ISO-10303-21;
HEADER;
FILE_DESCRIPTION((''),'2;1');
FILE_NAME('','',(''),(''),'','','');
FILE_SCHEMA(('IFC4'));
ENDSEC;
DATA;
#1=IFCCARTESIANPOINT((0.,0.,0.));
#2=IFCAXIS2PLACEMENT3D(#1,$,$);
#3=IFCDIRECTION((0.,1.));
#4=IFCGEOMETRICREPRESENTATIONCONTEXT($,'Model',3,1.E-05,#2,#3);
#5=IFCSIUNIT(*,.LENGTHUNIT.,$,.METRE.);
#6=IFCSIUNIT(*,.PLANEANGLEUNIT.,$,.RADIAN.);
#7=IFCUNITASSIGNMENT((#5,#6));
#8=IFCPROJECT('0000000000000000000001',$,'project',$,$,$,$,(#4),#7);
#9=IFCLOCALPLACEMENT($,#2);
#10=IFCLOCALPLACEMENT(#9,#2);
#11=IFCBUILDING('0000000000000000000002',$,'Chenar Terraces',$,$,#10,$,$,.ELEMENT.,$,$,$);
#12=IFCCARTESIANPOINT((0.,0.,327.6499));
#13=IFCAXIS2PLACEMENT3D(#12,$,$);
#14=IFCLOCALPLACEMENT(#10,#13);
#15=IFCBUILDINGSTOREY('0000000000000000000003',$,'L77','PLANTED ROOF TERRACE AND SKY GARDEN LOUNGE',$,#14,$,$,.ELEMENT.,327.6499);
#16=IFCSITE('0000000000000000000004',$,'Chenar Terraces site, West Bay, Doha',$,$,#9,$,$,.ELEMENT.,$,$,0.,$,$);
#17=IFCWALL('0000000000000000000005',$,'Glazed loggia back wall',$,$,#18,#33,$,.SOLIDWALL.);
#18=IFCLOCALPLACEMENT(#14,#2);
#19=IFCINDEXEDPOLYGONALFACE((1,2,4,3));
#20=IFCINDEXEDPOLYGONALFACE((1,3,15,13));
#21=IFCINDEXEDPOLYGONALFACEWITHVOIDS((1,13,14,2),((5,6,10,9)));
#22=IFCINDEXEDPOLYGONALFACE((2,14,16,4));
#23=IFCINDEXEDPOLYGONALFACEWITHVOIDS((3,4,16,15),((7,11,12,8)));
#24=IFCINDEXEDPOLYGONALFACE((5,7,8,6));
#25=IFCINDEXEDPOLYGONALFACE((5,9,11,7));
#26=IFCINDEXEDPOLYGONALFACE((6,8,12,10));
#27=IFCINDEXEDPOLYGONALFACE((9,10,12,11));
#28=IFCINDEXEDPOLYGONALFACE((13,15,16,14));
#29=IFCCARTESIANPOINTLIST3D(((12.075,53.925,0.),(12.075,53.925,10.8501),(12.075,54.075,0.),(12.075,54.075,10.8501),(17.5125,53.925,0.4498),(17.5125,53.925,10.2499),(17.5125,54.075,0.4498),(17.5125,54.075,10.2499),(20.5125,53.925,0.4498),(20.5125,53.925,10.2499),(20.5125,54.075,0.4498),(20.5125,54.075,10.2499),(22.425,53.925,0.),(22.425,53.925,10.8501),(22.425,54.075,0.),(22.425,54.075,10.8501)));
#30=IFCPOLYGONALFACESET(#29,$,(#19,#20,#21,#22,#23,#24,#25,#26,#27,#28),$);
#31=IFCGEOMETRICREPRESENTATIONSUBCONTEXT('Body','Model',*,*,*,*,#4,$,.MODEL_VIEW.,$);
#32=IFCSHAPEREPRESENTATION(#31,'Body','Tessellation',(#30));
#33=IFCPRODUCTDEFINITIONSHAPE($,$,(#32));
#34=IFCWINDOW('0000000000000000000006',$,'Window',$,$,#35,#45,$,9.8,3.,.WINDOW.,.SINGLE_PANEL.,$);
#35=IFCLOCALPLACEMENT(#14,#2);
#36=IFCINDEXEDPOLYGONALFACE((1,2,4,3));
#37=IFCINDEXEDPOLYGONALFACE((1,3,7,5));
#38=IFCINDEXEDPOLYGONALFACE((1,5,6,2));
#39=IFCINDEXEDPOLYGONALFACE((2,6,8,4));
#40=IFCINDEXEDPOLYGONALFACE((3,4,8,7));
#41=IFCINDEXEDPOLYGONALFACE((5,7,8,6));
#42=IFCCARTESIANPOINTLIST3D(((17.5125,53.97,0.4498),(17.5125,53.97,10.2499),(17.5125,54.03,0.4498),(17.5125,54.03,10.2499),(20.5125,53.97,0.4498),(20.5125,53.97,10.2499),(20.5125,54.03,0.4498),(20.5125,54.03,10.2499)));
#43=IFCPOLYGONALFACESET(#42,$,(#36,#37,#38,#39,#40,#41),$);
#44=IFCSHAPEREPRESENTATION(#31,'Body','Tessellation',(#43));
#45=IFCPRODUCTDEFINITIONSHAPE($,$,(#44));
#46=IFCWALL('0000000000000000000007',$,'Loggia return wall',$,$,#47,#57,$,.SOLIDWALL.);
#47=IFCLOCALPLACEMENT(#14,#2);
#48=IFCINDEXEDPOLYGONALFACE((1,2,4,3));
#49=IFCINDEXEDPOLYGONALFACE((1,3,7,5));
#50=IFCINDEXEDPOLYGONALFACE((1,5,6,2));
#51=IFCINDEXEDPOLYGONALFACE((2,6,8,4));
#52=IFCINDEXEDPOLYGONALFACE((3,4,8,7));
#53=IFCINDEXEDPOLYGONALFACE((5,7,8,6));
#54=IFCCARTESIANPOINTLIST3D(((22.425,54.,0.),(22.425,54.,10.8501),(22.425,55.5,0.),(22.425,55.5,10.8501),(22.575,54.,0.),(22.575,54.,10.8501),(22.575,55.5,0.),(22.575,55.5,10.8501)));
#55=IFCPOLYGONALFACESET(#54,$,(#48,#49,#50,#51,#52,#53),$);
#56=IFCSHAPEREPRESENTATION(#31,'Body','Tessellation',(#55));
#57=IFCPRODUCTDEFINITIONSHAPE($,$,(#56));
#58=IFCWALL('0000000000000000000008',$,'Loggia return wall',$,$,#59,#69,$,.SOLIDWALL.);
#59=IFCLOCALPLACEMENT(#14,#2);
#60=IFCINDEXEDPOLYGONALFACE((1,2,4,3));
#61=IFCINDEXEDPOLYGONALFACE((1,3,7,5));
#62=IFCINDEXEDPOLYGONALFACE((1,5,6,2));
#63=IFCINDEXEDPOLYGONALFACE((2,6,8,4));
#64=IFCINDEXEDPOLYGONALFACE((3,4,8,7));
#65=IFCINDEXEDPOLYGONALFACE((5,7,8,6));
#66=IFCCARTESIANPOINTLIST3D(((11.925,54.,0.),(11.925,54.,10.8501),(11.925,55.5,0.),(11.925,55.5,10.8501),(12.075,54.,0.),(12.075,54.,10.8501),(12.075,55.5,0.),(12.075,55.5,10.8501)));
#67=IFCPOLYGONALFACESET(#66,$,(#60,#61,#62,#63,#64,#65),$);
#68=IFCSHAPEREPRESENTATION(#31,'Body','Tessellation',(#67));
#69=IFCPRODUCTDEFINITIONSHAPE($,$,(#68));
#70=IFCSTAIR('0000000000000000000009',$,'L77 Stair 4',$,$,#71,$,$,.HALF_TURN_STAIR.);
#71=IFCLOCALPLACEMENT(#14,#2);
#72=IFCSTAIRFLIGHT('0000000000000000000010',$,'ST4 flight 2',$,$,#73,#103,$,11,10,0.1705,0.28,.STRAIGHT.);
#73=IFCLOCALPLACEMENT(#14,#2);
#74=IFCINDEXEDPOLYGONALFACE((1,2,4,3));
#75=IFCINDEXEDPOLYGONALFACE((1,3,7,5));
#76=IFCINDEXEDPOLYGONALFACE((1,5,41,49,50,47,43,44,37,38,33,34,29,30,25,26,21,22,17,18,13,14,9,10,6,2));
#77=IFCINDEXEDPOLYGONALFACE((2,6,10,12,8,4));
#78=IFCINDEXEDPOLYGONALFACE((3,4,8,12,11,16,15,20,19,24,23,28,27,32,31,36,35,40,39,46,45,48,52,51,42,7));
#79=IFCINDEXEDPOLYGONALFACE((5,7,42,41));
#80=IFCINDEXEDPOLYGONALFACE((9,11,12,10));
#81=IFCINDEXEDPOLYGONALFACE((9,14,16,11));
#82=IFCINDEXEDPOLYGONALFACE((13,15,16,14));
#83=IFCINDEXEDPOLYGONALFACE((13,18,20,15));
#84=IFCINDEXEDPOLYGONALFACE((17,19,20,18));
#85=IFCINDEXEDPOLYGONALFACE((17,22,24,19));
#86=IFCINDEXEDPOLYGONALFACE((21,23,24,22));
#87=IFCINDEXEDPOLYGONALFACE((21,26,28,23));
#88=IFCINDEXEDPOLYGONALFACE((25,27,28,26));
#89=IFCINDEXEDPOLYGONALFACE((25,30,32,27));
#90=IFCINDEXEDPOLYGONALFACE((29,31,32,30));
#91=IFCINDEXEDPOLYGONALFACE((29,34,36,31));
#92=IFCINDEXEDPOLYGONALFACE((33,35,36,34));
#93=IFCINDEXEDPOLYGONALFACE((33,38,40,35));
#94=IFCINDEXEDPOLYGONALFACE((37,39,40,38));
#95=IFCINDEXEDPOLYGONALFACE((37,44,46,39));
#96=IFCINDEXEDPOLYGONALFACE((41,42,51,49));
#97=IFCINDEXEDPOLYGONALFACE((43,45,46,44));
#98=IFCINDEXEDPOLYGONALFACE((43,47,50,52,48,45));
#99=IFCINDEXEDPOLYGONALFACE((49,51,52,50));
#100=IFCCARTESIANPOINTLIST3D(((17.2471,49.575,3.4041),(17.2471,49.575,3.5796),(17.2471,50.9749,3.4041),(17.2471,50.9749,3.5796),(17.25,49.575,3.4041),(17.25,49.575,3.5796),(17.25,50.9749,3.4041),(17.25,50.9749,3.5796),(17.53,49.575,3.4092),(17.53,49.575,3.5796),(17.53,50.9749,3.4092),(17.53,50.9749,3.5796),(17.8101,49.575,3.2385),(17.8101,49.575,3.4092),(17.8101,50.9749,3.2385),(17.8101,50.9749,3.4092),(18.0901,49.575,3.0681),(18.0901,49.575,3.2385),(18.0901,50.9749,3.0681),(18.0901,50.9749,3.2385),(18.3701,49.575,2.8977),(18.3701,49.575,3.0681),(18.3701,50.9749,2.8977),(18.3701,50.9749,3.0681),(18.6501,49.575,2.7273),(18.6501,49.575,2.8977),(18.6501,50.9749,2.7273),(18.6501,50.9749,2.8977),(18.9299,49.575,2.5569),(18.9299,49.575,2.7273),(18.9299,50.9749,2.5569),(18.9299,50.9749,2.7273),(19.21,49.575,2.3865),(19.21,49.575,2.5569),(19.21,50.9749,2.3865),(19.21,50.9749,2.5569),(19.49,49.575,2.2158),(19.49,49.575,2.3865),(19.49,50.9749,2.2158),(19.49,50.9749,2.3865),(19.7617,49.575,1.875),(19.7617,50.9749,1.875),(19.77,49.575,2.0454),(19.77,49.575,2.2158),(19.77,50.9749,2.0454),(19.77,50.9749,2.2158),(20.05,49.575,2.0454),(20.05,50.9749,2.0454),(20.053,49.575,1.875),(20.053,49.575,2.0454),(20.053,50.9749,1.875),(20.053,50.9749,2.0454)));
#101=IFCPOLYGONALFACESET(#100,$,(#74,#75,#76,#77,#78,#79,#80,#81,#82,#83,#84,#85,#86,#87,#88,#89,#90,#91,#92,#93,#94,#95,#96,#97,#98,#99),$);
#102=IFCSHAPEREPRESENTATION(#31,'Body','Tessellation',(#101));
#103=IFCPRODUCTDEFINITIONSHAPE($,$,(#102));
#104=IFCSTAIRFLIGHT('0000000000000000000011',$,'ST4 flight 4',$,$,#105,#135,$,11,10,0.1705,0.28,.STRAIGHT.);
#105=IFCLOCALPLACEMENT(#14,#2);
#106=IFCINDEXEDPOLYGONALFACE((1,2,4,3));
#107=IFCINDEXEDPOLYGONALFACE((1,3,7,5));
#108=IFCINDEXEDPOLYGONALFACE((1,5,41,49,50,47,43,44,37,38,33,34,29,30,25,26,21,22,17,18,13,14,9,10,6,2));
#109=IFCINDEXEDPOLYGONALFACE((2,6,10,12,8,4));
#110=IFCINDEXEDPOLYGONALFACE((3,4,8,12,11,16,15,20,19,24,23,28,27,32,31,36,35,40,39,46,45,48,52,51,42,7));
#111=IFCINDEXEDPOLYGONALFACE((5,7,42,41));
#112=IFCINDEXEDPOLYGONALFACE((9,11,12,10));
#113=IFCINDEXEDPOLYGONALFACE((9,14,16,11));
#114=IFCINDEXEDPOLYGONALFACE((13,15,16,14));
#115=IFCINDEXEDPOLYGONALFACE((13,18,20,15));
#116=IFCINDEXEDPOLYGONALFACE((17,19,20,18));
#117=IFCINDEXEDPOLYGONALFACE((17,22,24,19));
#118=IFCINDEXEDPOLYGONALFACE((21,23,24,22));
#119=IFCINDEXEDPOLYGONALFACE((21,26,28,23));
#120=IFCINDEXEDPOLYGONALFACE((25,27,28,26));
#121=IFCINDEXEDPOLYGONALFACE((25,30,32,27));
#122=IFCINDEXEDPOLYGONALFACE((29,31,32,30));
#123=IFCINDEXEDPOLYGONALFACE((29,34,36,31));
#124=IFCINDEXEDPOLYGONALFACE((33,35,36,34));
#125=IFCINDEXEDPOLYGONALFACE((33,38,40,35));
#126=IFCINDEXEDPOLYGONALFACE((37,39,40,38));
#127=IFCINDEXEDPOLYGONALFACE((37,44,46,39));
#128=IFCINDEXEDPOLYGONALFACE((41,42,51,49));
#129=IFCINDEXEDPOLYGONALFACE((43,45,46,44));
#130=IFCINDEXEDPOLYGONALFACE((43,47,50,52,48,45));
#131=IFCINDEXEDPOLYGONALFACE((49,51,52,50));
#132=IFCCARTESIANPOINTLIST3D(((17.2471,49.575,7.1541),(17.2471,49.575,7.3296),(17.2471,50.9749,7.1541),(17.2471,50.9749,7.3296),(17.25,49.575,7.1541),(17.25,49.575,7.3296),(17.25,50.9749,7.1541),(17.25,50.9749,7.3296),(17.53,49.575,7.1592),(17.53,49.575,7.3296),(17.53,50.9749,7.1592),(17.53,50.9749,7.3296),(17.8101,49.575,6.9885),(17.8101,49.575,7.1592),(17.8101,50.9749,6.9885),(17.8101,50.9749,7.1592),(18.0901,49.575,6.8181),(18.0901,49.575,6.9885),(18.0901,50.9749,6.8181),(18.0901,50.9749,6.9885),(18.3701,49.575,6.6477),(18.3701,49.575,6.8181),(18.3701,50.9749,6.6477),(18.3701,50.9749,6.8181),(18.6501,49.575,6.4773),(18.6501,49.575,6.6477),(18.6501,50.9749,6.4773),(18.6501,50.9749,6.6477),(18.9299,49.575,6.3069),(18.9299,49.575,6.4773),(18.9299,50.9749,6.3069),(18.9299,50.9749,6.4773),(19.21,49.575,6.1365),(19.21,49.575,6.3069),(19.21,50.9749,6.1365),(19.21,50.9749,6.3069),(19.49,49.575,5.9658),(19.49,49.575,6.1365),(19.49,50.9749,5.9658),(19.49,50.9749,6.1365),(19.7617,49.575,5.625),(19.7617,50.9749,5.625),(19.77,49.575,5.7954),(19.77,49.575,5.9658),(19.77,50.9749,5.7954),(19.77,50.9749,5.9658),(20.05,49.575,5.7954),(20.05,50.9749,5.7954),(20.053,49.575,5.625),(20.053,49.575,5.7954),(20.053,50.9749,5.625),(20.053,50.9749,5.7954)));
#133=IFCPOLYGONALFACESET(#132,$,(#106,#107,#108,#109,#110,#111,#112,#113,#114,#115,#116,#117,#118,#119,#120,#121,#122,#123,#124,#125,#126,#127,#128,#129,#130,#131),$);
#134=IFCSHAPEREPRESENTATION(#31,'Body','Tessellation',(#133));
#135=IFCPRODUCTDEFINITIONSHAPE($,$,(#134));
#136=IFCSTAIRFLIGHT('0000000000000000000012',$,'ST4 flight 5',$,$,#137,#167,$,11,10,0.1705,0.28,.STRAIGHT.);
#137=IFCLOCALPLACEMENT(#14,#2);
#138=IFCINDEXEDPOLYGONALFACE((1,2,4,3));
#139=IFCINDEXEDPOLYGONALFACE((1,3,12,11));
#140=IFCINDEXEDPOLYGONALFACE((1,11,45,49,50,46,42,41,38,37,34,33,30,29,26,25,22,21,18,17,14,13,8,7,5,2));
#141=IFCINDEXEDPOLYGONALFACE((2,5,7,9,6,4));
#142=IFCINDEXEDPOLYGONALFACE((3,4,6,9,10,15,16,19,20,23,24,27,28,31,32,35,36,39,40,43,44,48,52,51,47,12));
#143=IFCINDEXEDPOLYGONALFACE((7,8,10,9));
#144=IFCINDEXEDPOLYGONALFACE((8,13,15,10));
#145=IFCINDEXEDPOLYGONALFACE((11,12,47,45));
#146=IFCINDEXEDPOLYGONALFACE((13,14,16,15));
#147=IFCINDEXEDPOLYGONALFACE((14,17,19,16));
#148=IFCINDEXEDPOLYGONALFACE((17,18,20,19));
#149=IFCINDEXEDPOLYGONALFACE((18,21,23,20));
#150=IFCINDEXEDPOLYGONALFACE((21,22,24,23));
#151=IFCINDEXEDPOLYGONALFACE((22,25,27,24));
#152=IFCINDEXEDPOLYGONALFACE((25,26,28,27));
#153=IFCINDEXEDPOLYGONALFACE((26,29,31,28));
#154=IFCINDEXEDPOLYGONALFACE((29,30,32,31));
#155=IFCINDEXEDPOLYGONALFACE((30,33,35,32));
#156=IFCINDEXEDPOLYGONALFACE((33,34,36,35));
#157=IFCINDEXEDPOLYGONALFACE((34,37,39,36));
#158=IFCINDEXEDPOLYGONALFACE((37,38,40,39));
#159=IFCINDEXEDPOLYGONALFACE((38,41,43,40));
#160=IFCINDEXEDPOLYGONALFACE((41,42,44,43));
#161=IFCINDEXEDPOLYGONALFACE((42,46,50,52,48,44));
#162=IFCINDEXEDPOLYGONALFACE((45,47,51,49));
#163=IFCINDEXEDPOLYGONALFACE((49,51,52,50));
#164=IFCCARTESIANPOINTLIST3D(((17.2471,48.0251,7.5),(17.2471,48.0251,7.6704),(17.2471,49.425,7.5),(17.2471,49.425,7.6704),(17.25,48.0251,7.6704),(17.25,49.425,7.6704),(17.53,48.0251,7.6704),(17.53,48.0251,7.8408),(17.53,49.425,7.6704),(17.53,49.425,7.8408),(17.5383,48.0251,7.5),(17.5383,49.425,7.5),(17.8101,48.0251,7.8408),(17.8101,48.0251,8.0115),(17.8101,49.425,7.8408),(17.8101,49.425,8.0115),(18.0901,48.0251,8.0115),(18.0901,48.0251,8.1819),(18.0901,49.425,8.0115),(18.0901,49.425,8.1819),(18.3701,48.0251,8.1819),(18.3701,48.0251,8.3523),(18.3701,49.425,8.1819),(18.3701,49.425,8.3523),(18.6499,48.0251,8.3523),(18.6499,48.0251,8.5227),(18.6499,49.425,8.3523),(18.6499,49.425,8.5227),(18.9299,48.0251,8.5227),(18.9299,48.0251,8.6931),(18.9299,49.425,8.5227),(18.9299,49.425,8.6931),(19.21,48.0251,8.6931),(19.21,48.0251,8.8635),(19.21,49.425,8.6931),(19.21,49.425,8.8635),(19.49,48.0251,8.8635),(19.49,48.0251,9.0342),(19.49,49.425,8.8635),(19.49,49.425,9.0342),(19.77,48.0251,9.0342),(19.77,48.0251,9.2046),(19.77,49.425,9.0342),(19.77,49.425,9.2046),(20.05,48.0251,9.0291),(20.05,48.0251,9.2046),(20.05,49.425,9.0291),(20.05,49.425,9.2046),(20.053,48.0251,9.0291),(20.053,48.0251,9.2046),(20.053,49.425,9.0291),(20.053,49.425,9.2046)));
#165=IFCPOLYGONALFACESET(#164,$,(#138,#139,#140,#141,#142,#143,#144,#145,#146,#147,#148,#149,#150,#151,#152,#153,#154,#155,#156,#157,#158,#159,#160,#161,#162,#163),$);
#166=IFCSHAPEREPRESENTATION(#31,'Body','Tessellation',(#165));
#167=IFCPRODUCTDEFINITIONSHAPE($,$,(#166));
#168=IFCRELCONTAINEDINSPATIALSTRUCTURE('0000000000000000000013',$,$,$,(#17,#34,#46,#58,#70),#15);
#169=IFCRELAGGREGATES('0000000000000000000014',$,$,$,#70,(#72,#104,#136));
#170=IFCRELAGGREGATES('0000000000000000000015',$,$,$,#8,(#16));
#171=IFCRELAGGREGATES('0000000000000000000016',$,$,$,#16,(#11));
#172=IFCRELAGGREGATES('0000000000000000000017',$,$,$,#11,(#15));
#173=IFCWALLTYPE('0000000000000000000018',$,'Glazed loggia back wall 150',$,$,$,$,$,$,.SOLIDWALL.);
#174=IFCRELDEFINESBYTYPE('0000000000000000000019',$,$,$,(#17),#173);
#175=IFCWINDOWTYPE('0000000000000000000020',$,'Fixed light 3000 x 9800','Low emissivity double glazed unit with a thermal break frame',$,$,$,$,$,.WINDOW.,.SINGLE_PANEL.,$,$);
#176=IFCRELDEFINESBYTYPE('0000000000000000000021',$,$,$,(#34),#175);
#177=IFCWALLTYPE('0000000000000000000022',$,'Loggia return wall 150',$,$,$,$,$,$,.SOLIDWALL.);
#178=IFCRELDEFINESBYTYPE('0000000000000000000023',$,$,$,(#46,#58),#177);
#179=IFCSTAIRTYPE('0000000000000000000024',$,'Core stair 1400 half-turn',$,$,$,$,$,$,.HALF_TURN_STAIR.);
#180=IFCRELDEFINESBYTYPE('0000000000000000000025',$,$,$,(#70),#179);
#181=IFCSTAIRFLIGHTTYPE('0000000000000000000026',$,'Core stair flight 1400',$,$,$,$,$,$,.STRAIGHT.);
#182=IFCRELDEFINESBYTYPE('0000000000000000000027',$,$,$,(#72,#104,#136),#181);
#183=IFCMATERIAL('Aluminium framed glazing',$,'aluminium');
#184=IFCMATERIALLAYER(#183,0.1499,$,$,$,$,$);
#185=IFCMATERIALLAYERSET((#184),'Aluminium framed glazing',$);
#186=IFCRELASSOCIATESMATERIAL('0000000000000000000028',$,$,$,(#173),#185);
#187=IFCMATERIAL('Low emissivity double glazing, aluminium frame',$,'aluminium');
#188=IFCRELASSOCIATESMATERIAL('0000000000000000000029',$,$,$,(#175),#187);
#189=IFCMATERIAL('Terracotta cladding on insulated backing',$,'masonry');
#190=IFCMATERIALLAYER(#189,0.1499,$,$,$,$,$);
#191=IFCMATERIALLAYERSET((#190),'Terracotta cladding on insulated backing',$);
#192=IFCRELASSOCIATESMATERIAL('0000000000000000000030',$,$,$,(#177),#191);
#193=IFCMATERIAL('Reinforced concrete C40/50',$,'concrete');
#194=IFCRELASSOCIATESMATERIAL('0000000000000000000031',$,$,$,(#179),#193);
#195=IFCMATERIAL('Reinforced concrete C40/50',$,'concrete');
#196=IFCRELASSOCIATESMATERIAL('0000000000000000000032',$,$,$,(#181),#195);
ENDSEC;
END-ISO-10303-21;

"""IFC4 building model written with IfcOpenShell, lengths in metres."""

from ifc_helpers import new_model, si_unit, direction, frame, frame_2d, origin, place, context, subcontext, project, spatial, polyline, rectangle, outline, extrude, material, layer, layer_set, type_object, element, fill, aggregate, save


model = new_model("IFC4")

# Units and contexts
model_context = context("Model", 3, precision=1e-05, world=origin(), true_north=direction((0.0, 1.0)))
body_context = subcontext(model_context, "Body", "Model", "MODEL_VIEW")
ifc_project = project(units=[si_unit("LENGTHUNIT", "METRE"), si_unit("PLANEANGLEUNIT", "RADIAN")], contexts=[model_context])

# Site, building, storey
site_placement = place(None, origin())
site = spatial("IfcSite", under=ifc_project, at=site_placement, Name="Chenar Terraces site, West Bay, Doha", CompositionType="ELEMENT", RefElevation=0.0)
building_placement = place(site_placement, origin())
building = spatial("IfcBuilding", under=site, at=building_placement, Name="Chenar Terraces", CompositionType="ELEMENT")
storey_placement = place(building_placement, frame((0.0, 0.0, 327.6499)))
storey = spatial("IfcBuildingStorey", under=building, at=storey_placement, Name="L77", Description="PLANTED ROOF TERRACE AND SKY GARDEN LOUNGE", CompositionType="ELEMENT", Elevation=327.6499)

# Shared definitions
placement = place(storey_placement, origin())

# Wall, opening, window
ifc_material_1 = material(Name="Aluminium framed glazing", Category="aluminium")
ifc_layer_1 = layer(ifc_material_1, 0.1499)
ifc_layer_set_1 = layer_set([ifc_layer_1], Name="Aluminium framed glazing")
wall_type_1 = type_object("IfcWallType", Name="Glazed loggia back wall 150", PredefinedType="SOLIDWALL", material=ifc_layer_set_1)
wall_1_placement = place(storey_placement, frame((22.425, 54.0, 0.0), z_axis=(0.0, 0.0, 1.0), x_axis=(-1.0, 0.0, 0.0)))
wall_1 = element("IfcWall", 1, at=wall_1_placement, inside=storey, type_object=wall_type_1, Name="Glazed loggia back wall", PredefinedType="SOLIDWALL", context=body_context, shape_type="SweptSolid", body=[
    extrude(rectangle(XDim=10.3501, YDim=0.1499, at=frame_2d((5.175, 0.0))), origin(), (0.0, 0.0, 1.0), 10.8501),
])
opening_placement = place(wall_1_placement, frame((1.9126, 0.0, 0.45)))
opening = element("IfcOpeningElement", 2, at=opening_placement, cuts=wall_1, PredefinedType="OPENING", context=body_context, shape_type="SweptSolid", body=[
    extrude(rectangle(XDim=3.0, YDim=9.8, at=frame_2d((1.5, 4.8999))), frame((0.0, 0.085, 0.0), z_axis=(0.0, -1.0, 0.0), x_axis=(1.0, 0.0, 0.0)), (0.0, 0.0, 1.0), 0.1699),
])
ifc_material_2 = material(Name="Low emissivity double glazing, aluminium frame", Category="aluminium")
window_type = type_object("IfcWindowType", Name="Fixed light 3000 x 9800", Description="Low emissivity double glazed unit with a thermal break frame", PartitioningType="SINGLE_PANEL", PredefinedType="WINDOW", material=ifc_material_2)
window_placement = place(opening_placement, origin())
window = element("IfcWindow", 3, at=window_placement, inside=storey, type_object=window_type, Name="Window", OverallHeight=9.8, OverallWidth=3.0, PartitioningType="SINGLE_PANEL", PredefinedType="WINDOW", context=body_context, shape_type="SweptSolid", body=[
    extrude(rectangle(XDim=3.0, YDim=9.8, at=frame_2d((1.5, 4.8999))), frame((0.0, 0.03, 0.0), z_axis=(0.0, -1.0, 0.0), x_axis=(1.0, 0.0, 0.0)), (0.0, 0.0, 1.0), 0.0601),
])
fill(opening, window)

# Walls
ifc_material_3 = material(Name="Terracotta cladding on insulated backing", Category="masonry")
ifc_layer_2 = layer(ifc_material_3, 0.1499)
ifc_layer_set_2 = layer_set([ifc_layer_2], Name="Terracotta cladding on insulated backing")
wall_type_2 = type_object("IfcWallType", Name="Loggia return wall 150", PredefinedType="SOLIDWALL", material=ifc_layer_set_2)
for number, where, z_axis, x_axis, name in (
    (4, (22.5, 55.5, 0.0), (0.0, 0.0, 1.0), (0.0, -1.0, 0.0), "Loggia return wall"),
    (5, (12.0, 55.5, 0.0), (0.0, 0.0, 1.0), (0.0, -1.0, 0.0), "Loggia return wall"),
):
    element("IfcWall", number, at=place(storey_placement, frame(where, z_axis=z_axis, x_axis=x_axis)), inside=storey, type_object=wall_type_2, Name=name, PredefinedType="SOLIDWALL", context=body_context, shape_type="SweptSolid", body=[
        extrude(rectangle(XDim=1.5, YDim=0.1499, at=frame_2d((0.75, 0.0))), origin(), (0.0, 0.0, 1.0), 10.8501),
    ])

# Stair, stair flights
ifc_material_4 = material(Name="Reinforced concrete C40/50", Category="concrete")
stair_type = type_object("IfcStairType", Name="Core stair 1400 half-turn", PredefinedType="HALF_TURN_STAIR", material=ifc_material_4)
stair = element("IfcStair", 6, at=placement, inside=storey, type_object=stair_type, Name="L77 Stair 4", PredefinedType="HALF_TURN_STAIR")
ifc_material_5 = material(Name="Reinforced concrete C40/50", Category="concrete")
stair_flight_type = type_object("IfcStairFlightType", Name="Core stair flight 1400", PredefinedType="STRAIGHT", material=ifc_material_5)
stair_flight_1_placement = place(storey_placement, frame((20.05, 50.2749, 1.875), z_axis=(0.0, 0.0, 1.0), x_axis=(-1.0, 0.0, 0.0)))
stair_flight_1 = element("IfcStairFlight", 7, at=stair_flight_1_placement, type_object=stair_flight_type, Name="ST4 flight 2", NumberOfRisers=11, NumberOfTreads=10, PredefinedType="STRAIGHT", RiserHeight=0.1705, TreadLength=0.28, context=body_context, shape_type="SweptSolid", body=[
    extrude(outline(polyline([(-0.0029, 0.0), (-0.0029, 0.1704), (0.0, 0.1704), (0.28, 0.1704), (0.28, 0.3408), (0.5601, 0.3408), (0.5601, 0.5115), (0.8401, 0.5115), (0.8401, 0.6819), (1.1201, 0.6819), (1.1201, 0.8523), (1.3999, 0.8523), (1.3999, 1.0227), (1.6799, 1.0227), (1.6799, 1.1931), (1.96, 1.1931), (1.96, 1.3635), (2.24, 1.3635), (2.24, 1.5342), (2.52, 1.5342), (2.52, 1.7046), (2.8, 1.7046), (2.803, 1.7046), (2.803, 1.5291), (2.8, 1.5291), (0.2883, 0.0), (-0.0029, 0.0)])), frame((0.0, 0.7, 0.0), z_axis=(0.0, -1.0, 0.0), x_axis=(1.0, 0.0, 0.0)), (0.0, 0.0, 1.0), 1.3999),
])
stair_flight_2_placement = place(storey_placement, frame((20.05, 50.2749, 5.625), z_axis=(0.0, 0.0, 1.0), x_axis=(-1.0, 0.0, 0.0)))
stair_flight_2 = element("IfcStairFlight", 8, at=stair_flight_2_placement, type_object=stair_flight_type, Name="ST4 flight 4", NumberOfRisers=11, NumberOfTreads=10, PredefinedType="STRAIGHT", RiserHeight=0.1705, TreadLength=0.28, context=body_context, shape_type="SweptSolid", body=[
    extrude(outline(polyline([(-0.0029, 0.0), (-0.0029, 0.1704), (0.0, 0.1704), (0.28, 0.1704), (0.28, 0.3408), (0.5601, 0.3408), (0.5601, 0.5115), (0.8401, 0.5115), (0.8401, 0.6819), (1.1201, 0.6819), (1.1201, 0.8523), (1.3999, 0.8523), (1.3999, 1.0227), (1.6799, 1.0227), (1.6799, 1.1931), (1.96, 1.1931), (1.96, 1.3635), (2.24, 1.3635), (2.24, 1.5342), (2.52, 1.5342), (2.52, 1.7046), (2.8, 1.7046), (2.803, 1.7046), (2.803, 1.5291), (2.8, 1.5291), (0.2883, 0.0), (-0.0029, 0.0)])), frame((0.0, 0.7, 0.0), z_axis=(0.0, -1.0, 0.0), x_axis=(1.0, 0.0, 0.0)), (0.0, 0.0, 1.0), 1.3999),
])
stair_flight_3_placement = place(storey_placement, frame((17.25, 48.7251, 7.5), z_axis=(0.0, 0.0, 1.0), x_axis=(1.0, 0.0, 0.0)))
stair_flight_3 = element("IfcStairFlight", 9, at=stair_flight_3_placement, type_object=stair_flight_type, Name="ST4 flight 5", NumberOfRisers=11, NumberOfTreads=10, PredefinedType="STRAIGHT", RiserHeight=0.1705, TreadLength=0.28, context=body_context, shape_type="SweptSolid", body=[
    extrude(outline(polyline([(-0.0029, 0.0), (-0.0029, 0.1704), (0.0, 0.1704), (0.28, 0.1704), (0.28, 0.3408), (0.5601, 0.3408), (0.5601, 0.5115), (0.8401, 0.5115), (0.8401, 0.6819), (1.1201, 0.6819), (1.1201, 0.8523), (1.3999, 0.8523), (1.3999, 1.0227), (1.6799, 1.0227), (1.6799, 1.1931), (1.96, 1.1931), (1.96, 1.3635), (2.24, 1.3635), (2.24, 1.5342), (2.52, 1.5342), (2.52, 1.7046), (2.8, 1.7046), (2.803, 1.7046), (2.803, 1.5291), (2.8, 1.5291), (0.2883, 0.0), (-0.0029, 0.0)])), frame((0.0, 0.7, 0.0), z_axis=(0.0, -1.0, 0.0), x_axis=(1.0, 0.0, 0.0)), (0.0, 0.0, 1.0), 1.3999),
])
aggregate(stair, [stair_flight_1, stair_flight_2, stair_flight_3])

save(model, "model.ifc")
